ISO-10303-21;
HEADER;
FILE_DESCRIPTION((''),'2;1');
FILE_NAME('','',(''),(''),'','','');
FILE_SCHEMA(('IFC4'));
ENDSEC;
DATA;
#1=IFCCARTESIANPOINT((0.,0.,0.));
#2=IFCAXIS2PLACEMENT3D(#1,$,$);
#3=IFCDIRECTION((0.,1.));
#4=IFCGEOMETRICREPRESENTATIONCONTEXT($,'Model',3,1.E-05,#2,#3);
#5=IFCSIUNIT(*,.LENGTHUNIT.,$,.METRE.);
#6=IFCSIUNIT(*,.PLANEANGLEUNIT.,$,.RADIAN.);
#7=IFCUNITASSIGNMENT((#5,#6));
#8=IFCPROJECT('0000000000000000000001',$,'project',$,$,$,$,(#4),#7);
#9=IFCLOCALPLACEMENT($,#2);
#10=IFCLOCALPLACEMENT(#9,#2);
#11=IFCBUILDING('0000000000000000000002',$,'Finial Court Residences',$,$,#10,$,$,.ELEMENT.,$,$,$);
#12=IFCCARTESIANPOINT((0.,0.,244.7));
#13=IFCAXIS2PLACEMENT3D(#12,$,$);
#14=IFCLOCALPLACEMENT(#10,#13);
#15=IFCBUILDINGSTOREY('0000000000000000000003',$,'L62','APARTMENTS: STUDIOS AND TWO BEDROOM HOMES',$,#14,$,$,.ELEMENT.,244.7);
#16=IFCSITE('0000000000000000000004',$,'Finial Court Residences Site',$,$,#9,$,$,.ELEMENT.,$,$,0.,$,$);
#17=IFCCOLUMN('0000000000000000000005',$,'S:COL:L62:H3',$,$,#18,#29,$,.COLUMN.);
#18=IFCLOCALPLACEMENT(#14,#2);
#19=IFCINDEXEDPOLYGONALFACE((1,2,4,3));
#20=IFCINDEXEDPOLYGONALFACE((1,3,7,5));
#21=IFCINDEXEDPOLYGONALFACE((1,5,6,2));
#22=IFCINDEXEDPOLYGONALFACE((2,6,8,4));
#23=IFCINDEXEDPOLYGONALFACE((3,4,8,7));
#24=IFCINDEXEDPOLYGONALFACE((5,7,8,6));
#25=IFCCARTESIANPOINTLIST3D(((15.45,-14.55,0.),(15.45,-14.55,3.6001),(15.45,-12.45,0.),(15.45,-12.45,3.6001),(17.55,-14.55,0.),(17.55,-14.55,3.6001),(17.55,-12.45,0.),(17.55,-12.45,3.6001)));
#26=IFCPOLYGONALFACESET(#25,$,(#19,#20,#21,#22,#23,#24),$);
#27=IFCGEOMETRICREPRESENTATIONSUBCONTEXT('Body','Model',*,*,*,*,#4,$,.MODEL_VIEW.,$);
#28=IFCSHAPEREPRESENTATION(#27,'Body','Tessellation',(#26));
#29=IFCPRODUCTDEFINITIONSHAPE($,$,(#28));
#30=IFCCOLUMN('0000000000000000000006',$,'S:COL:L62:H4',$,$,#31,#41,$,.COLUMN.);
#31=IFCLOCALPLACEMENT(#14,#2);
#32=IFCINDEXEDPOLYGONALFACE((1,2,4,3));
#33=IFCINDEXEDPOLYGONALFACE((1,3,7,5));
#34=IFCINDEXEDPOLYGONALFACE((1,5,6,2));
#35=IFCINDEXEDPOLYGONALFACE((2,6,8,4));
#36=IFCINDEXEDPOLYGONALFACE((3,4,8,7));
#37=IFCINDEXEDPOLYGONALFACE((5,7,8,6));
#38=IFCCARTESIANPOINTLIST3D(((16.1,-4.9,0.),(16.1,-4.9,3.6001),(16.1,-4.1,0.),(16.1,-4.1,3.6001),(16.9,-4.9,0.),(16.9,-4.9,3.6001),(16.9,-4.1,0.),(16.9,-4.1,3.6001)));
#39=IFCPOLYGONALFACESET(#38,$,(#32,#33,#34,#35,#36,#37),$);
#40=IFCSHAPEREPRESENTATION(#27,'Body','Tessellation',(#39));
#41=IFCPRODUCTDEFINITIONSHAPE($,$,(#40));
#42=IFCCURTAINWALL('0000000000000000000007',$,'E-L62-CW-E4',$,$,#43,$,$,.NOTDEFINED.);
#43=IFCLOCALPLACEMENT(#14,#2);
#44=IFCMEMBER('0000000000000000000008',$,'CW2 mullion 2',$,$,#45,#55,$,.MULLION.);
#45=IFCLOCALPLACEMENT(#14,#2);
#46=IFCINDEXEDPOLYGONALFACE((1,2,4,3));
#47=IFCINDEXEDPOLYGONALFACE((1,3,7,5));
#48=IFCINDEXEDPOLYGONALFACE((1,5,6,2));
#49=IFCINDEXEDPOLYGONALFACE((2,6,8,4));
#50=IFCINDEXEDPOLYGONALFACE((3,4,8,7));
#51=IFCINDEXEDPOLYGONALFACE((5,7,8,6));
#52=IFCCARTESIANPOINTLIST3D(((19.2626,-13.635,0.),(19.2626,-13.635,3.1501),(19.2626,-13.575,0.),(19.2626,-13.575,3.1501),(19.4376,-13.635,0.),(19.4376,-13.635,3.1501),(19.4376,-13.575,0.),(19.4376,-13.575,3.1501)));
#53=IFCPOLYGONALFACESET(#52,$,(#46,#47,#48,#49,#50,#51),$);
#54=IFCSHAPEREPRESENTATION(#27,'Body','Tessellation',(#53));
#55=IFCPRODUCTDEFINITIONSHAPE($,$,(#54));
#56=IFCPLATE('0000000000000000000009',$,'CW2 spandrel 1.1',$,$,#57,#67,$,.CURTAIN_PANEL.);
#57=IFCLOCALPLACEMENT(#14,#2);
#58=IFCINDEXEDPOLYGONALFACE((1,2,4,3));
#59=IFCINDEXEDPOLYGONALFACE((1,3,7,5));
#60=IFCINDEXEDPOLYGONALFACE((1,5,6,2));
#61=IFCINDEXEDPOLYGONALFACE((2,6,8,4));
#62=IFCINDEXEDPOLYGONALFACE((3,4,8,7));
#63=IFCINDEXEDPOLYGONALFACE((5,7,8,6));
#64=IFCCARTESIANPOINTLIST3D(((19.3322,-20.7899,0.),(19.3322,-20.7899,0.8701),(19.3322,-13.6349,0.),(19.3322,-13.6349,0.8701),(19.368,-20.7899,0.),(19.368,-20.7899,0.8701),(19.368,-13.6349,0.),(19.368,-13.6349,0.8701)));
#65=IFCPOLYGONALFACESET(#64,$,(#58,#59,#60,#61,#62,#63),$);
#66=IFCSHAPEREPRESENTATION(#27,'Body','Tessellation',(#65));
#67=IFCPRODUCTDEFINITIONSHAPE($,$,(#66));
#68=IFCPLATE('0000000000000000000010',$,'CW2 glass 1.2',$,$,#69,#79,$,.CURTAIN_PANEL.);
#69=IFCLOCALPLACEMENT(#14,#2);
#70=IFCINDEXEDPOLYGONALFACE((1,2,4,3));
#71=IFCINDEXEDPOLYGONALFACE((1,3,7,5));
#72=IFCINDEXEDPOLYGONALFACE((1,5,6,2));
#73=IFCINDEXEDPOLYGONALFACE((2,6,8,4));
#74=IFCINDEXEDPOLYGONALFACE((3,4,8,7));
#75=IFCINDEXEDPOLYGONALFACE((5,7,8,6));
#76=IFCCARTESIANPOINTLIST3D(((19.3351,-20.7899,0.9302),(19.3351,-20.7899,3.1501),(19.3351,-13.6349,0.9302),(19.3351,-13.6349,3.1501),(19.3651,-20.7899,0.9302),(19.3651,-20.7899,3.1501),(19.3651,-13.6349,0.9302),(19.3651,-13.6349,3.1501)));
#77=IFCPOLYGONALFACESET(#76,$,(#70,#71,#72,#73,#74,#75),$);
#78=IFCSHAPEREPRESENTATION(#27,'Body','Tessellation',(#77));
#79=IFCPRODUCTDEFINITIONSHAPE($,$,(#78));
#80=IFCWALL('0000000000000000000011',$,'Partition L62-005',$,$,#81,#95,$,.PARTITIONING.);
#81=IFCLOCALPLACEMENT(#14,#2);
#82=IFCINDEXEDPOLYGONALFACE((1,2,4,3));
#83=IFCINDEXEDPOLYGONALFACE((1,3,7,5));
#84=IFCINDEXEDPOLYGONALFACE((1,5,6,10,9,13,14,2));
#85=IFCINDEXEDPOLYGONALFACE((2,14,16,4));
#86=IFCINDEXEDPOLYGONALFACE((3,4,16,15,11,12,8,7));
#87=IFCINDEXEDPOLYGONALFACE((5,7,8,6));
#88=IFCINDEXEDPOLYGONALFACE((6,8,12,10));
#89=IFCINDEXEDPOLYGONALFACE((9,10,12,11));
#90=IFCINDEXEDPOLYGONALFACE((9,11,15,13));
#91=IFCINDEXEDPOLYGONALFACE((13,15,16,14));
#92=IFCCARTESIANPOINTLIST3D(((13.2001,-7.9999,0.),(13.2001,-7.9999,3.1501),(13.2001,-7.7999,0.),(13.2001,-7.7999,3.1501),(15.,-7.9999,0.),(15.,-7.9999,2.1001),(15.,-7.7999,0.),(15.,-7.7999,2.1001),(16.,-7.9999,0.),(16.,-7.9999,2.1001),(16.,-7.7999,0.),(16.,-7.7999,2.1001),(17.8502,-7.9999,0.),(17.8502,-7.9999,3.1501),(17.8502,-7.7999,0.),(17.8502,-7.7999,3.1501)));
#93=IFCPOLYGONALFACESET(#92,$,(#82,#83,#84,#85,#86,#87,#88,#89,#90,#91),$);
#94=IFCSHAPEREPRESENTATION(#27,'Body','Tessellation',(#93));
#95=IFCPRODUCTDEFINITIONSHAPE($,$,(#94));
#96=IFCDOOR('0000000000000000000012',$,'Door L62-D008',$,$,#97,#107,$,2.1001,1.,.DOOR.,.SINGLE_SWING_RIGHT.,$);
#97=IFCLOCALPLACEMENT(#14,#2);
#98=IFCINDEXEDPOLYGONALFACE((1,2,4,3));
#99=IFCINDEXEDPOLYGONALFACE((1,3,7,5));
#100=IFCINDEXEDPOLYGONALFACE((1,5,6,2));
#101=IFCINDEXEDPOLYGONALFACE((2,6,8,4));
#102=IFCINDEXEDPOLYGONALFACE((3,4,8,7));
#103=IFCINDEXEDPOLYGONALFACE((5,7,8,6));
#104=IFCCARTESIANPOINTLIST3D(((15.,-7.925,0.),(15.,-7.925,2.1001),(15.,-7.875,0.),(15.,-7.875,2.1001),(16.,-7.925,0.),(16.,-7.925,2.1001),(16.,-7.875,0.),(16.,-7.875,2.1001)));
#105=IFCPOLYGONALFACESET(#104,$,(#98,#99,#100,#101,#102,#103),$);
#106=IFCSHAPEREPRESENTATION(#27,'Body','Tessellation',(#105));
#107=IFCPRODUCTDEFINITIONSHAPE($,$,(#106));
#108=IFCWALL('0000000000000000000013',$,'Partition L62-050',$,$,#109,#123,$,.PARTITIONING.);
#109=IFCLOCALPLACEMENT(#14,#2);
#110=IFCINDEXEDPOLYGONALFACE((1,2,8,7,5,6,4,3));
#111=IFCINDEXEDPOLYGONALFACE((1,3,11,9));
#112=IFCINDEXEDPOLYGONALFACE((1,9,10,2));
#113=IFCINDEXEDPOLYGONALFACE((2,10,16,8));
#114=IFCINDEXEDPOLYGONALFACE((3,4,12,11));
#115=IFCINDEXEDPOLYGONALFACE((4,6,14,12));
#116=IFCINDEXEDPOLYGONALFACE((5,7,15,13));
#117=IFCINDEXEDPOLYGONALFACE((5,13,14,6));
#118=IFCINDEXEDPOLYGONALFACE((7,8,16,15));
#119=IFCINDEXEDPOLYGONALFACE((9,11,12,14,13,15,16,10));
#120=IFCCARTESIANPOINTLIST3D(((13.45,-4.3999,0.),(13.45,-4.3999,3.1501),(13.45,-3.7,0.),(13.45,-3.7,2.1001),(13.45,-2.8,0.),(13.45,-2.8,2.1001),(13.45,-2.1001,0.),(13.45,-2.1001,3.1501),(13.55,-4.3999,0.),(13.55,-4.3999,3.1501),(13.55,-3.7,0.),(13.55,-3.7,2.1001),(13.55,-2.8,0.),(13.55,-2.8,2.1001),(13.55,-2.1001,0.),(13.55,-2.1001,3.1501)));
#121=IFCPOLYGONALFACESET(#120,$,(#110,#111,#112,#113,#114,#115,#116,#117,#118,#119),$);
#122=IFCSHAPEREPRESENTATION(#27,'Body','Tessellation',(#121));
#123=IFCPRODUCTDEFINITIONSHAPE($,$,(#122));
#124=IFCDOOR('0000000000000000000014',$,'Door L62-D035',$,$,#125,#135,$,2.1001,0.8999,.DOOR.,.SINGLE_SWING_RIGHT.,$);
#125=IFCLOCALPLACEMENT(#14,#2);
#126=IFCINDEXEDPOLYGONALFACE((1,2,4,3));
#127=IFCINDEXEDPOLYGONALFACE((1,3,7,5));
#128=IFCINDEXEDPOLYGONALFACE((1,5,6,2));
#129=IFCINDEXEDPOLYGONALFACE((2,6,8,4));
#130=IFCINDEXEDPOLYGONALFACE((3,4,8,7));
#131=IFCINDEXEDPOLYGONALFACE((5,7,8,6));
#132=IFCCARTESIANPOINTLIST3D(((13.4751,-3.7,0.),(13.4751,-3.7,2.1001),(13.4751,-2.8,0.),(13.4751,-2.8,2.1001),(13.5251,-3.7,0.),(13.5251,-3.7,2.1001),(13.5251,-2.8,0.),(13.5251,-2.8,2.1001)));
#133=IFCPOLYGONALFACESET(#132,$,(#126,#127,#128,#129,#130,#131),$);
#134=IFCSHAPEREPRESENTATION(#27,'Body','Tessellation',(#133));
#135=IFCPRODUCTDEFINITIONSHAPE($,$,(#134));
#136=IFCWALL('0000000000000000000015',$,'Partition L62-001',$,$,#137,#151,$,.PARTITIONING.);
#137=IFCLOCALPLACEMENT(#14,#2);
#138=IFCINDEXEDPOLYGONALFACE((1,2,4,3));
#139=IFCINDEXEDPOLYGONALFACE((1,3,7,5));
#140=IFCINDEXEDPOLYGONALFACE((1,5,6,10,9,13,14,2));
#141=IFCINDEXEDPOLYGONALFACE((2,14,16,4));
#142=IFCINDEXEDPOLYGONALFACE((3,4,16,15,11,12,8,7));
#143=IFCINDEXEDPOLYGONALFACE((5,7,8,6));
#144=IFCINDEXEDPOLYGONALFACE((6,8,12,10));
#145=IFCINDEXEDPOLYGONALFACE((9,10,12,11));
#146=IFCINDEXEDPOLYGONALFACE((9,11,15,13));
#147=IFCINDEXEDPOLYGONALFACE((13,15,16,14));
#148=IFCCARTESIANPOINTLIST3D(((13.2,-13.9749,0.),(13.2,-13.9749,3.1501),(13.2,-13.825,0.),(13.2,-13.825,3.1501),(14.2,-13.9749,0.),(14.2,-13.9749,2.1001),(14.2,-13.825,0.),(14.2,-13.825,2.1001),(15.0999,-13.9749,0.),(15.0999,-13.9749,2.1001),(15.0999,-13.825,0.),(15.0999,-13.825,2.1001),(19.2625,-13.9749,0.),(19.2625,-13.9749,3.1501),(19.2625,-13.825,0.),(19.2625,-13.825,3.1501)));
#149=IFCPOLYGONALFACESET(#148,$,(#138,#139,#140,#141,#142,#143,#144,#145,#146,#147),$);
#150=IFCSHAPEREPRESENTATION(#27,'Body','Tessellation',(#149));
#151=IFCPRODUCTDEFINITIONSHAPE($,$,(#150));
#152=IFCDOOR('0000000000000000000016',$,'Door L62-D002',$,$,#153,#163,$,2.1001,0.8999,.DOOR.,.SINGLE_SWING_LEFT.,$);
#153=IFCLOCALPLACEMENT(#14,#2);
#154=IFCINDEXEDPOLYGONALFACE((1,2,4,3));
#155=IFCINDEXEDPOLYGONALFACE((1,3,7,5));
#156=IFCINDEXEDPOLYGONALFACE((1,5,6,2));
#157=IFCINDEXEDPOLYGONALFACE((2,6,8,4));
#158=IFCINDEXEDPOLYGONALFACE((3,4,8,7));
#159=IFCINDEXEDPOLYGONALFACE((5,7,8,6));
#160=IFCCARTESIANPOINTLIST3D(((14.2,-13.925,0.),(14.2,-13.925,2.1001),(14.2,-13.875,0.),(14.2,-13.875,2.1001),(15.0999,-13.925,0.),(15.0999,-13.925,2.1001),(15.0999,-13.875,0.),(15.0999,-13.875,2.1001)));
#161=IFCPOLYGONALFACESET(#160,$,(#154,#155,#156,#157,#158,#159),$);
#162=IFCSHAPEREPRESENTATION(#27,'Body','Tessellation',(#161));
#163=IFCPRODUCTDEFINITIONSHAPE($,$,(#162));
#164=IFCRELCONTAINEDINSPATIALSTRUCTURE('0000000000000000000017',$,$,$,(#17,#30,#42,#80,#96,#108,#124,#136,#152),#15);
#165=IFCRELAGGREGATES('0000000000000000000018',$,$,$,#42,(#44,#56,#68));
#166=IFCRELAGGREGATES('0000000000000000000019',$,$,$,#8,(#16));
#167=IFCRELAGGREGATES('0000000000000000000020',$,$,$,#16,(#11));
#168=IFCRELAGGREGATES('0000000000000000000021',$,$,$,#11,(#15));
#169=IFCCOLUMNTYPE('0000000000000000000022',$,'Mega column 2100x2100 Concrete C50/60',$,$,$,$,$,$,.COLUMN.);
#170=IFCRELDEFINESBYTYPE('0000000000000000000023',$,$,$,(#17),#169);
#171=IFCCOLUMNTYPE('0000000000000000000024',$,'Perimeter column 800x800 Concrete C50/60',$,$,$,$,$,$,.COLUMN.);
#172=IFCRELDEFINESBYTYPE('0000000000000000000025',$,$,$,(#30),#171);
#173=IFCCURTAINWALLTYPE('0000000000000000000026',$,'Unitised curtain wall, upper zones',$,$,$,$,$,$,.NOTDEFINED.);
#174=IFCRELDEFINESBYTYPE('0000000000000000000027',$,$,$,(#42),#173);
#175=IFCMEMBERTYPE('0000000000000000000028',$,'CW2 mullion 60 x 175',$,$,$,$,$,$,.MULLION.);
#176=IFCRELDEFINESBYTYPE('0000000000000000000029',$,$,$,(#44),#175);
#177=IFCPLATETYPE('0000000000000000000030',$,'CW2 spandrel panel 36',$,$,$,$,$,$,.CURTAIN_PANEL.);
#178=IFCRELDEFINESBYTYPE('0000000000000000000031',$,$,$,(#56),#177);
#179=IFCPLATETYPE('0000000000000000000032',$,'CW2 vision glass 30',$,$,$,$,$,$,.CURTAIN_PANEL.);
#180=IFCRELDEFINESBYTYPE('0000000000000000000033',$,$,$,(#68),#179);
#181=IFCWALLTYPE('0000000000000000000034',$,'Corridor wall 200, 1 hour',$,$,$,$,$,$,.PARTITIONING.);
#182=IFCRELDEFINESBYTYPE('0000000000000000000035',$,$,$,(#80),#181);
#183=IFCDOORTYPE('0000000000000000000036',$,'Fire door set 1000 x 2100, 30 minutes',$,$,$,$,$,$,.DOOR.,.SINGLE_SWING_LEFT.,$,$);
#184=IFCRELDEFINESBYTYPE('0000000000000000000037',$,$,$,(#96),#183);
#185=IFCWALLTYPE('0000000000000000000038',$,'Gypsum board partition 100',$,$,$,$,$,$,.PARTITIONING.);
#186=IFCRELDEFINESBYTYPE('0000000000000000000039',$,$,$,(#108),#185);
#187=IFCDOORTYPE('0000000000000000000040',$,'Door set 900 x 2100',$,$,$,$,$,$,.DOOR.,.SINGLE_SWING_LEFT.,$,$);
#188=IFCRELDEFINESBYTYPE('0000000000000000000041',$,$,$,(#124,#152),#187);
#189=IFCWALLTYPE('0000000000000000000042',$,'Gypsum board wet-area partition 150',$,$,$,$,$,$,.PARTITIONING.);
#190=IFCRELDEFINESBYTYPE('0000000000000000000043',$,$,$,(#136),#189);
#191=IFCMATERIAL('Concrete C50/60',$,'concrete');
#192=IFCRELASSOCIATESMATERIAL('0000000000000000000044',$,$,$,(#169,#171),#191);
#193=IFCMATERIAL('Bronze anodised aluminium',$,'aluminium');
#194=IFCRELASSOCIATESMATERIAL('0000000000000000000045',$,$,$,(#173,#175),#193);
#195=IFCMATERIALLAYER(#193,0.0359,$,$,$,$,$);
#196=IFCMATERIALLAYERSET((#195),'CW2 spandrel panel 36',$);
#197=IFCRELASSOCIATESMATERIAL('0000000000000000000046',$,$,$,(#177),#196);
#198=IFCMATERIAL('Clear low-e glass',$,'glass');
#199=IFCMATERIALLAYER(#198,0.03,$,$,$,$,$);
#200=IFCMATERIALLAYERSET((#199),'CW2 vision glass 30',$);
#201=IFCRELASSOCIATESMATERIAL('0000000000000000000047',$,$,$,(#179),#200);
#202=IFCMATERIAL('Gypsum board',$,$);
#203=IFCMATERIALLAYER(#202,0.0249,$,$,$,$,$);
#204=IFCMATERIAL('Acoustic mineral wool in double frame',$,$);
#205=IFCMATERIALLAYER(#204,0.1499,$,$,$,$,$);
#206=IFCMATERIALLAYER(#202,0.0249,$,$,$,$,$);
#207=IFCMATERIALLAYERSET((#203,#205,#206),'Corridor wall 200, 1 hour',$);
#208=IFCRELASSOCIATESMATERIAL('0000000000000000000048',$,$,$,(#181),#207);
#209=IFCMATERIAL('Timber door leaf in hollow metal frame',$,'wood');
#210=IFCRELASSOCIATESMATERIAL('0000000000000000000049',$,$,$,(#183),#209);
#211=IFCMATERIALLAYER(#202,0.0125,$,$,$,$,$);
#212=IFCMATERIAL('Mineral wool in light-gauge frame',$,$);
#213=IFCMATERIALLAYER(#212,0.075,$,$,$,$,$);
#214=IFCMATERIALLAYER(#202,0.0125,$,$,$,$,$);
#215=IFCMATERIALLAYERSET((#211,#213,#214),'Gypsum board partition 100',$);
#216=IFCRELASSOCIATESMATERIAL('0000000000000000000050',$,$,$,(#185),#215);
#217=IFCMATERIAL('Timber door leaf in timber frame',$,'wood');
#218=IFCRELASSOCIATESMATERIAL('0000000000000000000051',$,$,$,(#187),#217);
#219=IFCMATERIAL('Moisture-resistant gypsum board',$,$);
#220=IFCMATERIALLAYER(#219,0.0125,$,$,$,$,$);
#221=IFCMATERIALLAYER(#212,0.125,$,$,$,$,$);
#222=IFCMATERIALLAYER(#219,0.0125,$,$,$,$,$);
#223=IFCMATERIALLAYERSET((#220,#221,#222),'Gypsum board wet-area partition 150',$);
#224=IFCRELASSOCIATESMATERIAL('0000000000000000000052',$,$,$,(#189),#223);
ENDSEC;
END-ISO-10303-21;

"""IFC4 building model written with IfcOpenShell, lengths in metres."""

from ifc_helpers import new_model, si_unit, direction, frame, frame_2d, origin, origin_2d, place, context, subcontext, project, spatial, rectangle, extrude, material, layer, layer_set, material_profile, profile_set, type_object, element, fill, aggregate, save


model = new_model("IFC4")

# Units and contexts
model_context = context("Model", 3, precision=1e-05, world=origin(), true_north=direction((0.0, 1.0)))
body_context = subcontext(model_context, "Body", "Model", "MODEL_VIEW")
ifc_project = project(units=[si_unit("LENGTHUNIT", "METRE"), si_unit("PLANEANGLEUNIT", "RADIAN")], contexts=[model_context])

# Site, building, storey
site_placement = place(None, origin())
site = spatial("IfcSite", under=ifc_project, at=site_placement, Name="Finial Court Residences Site", CompositionType="ELEMENT", RefElevation=0.0)
building_placement = place(site_placement, origin())
building = spatial("IfcBuilding", under=site, at=building_placement, Name="Finial Court Residences", CompositionType="ELEMENT")
storey_placement = place(building_placement, frame((0.0, 0.0, 244.7)))
storey = spatial("IfcBuildingStorey", under=building, at=storey_placement, Name="L62", Description="APARTMENTS: STUDIOS AND TWO BEDROOM HOMES", CompositionType="ELEMENT", Elevation=244.7)

# Columns
ifc_material_1 = material(Name="Concrete C50/60", Category="concrete")
ifc_material_profile_1 = material_profile(ifc_material_1, rectangle(XDim=2.1001, YDim=2.1001, at=origin_2d()), Name="2100x2100")
ifc_profile_set_1 = profile_set([ifc_material_profile_1], Name="Concrete C50/60")
column_type_1 = type_object("IfcColumnType", Name="Mega column 2100x2100 Concrete C50/60", PredefinedType="COLUMN", material=ifc_profile_set_1)
column_1_placement = place(storey_placement, frame((16.5, -13.5, 0.0), z_axis=(0.0, 0.0, 1.0), x_axis=(1.0, 0.0, 0.0)))
element("IfcColumn", 1, at=column_1_placement, inside=storey, type_object=column_type_1, Name="S:COL:L62:H3", PredefinedType="COLUMN", context=body_context, shape_type="SweptSolid", body=[
    extrude(rectangle(XDim=2.1001, YDim=2.1001, at=origin_2d()), origin(), (0.0, 0.0, 1.0), 3.6001),
])
ifc_material_profile_2 = material_profile(ifc_material_1, rectangle(XDim=0.8, YDim=0.8, at=origin_2d()), Name="800x800")
ifc_profile_set_2 = profile_set([ifc_material_profile_2], Name="Concrete C50/60")
column_type_2 = type_object("IfcColumnType", Name="Perimeter column 800x800 Concrete C50/60", PredefinedType="COLUMN", material=ifc_profile_set_2)
column_2_placement = place(storey_placement, frame((16.5, -4.5, 0.0), z_axis=(0.0, 0.0, 1.0), x_axis=(1.0, 0.0, 0.0)))
element("IfcColumn", 2, at=column_2_placement, inside=storey, type_object=column_type_2, Name="S:COL:L62:H4", PredefinedType="COLUMN", context=body_context, shape_type="SweptSolid", body=[
    extrude(rectangle(XDim=0.8, YDim=0.8, at=origin_2d()), origin(), (0.0, 0.0, 1.0), 3.6001),
])

# Curtain wall, member, plates
ifc_material_2 = material(Name="Bronze anodised aluminium", Category="aluminium")
curtain_wall_type = type_object("IfcCurtainWallType", Name="Unitised curtain wall, upper zones", PredefinedType="NOTDEFINED", material=ifc_material_2)
curtain_wall_placement = place(storey_placement, origin())
curtain_wall = element("IfcCurtainWall", 3, at=curtain_wall_placement, inside=storey, type_object=curtain_wall_type, Name="E-L62-CW-E4", PredefinedType="NOTDEFINED")
ifc_material_profile_3 = material_profile(ifc_material_2, rectangle(XDim=0.175, YDim=0.0601, at=origin_2d()), Name="CW2 mullion 60 x 175")
ifc_profile_set_3 = profile_set([ifc_material_profile_3], Name="Bronze anodised aluminium")
member_type = type_object("IfcMemberType", Name="CW2 mullion 60 x 175", PredefinedType="MULLION", material=ifc_profile_set_3)
member_placement = place(storey_placement, frame((19.3501, -13.605, 0.0), z_axis=(0.0, 0.0, 1.0), x_axis=(-1.0, 0.0, 0.0)))
member = element("IfcMember", 4, at=member_placement, type_object=member_type, Name="CW2 mullion 2", PredefinedType="MULLION", context=body_context, shape_type="SweptSolid", body=[
    extrude(rectangle(XDim=0.175, YDim=0.0601, at=origin_2d()), origin(), (0.0, 0.0, 1.0), 3.1501),
])
ifc_layer_1 = layer(ifc_material_2, 0.0359)
ifc_layer_set_1 = layer_set([ifc_layer_1], Name="CW2 spandrel panel 36")
plate_type_1 = type_object("IfcPlateType", Name="CW2 spandrel panel 36", PredefinedType="CURTAIN_PANEL", material=ifc_layer_set_1)
plate_1_placement = place(storey_placement, frame((19.3501, -17.2124, 0.0), z_axis=(0.0, 0.0, 1.0), x_axis=(0.0, 1.0, 0.0)))
plate_1 = element("IfcPlate", 5, at=plate_1_placement, type_object=plate_type_1, Name="CW2 spandrel 1.1", PredefinedType="CURTAIN_PANEL", context=body_context, shape_type="SweptSolid", body=[
    extrude(rectangle(XDim=7.155, YDim=0.0359, at=origin_2d()), origin(), (0.0, 0.0, 1.0), 0.8701),
])
ifc_material_3 = material(Name="Clear low-e glass", Category="glass")
ifc_layer_2 = layer(ifc_material_3, 0.03)
ifc_layer_set_2 = layer_set([ifc_layer_2], Name="CW2 vision glass 30")
plate_type_2 = type_object("IfcPlateType", Name="CW2 vision glass 30", PredefinedType="CURTAIN_PANEL", material=ifc_layer_set_2)
plate_2_placement = place(storey_placement, frame((19.3501, -17.2124, 0.9302), z_axis=(0.0, 0.0, 1.0), x_axis=(0.0, 1.0, 0.0)))
plate_2 = element("IfcPlate", 6, at=plate_2_placement, type_object=plate_type_2, Name="CW2 glass 1.2", PredefinedType="CURTAIN_PANEL", context=body_context, shape_type="SweptSolid", body=[
    extrude(rectangle(XDim=7.155, YDim=0.03, at=origin_2d()), origin(), (0.0, 0.0, 1.0), 2.22),
])
aggregate(curtain_wall, [member, plate_1, plate_2])

# Walls, openings, doors
ifc_material_4 = material(Name="Gypsum board")
ifc_layer_3 = layer(ifc_material_4, 0.0249)
ifc_material_5 = material(Name="Acoustic mineral wool in double frame")
ifc_layer_4 = layer(ifc_material_5, 0.1499)
ifc_layer_5 = layer(ifc_material_4, 0.0249)
ifc_layer_set_3 = layer_set([ifc_layer_3, ifc_layer_4, ifc_layer_5], Name="Corridor wall 200, 1 hour")
wall_type_1 = type_object("IfcWallType", Name="Corridor wall 200, 1 hour", PredefinedType="PARTITIONING", material=ifc_layer_set_3)
wall_1_placement = place(storey_placement, frame((13.2, -7.8999, 0.0), z_axis=(0.0, 0.0, 1.0), x_axis=(1.0, 0.0, 0.0)))
wall_1 = element("IfcWall", 7, at=wall_1_placement, inside=storey, type_object=wall_type_1, Name="Partition L62-005", PredefinedType="PARTITIONING", context=body_context, shape_type="SweptSolid", body=[
    extrude(rectangle(XDim=4.6501, YDim=0.2, at=frame_2d((2.3252, 0.0))), origin(), (0.0, 0.0, 1.0), 3.1501),
])
opening_1_placement = place(wall_1_placement, frame((1.8, 0.0, 0.0)))
opening_1 = element("IfcOpeningElement", 8, at=opening_1_placement, cuts=wall_1, PredefinedType="OPENING", context=body_context, shape_type="SweptSolid", body=[
    extrude(rectangle(XDim=1.0, YDim=2.1001, at=frame_2d((0.5, 1.05))), frame((0.0, 0.1099, 0.0), z_axis=(0.0, -1.0, 0.0), x_axis=(1.0, 0.0, 0.0)), (0.0, 0.0, 1.0), 0.22),
])
ifc_material_6 = material(Name="Timber door leaf in hollow metal frame", Category="wood")
door_type_1 = type_object("IfcDoorType", Name="Fire door set 1000 x 2100, 30 minutes", OperationType="SINGLE_SWING_LEFT", PredefinedType="DOOR", material=ifc_material_6)
door_1_placement = place(opening_1_placement, origin())
door_1 = element("IfcDoor", 9, at=door_1_placement, inside=storey, type_object=door_type_1, Name="Door L62-D008", OperationType="SINGLE_SWING_RIGHT", OverallHeight=2.1001, OverallWidth=1.0, PredefinedType="DOOR", context=body_context, shape_type="SweptSolid", body=[
    extrude(rectangle(XDim=1.0, YDim=2.1001, at=frame_2d((0.5, 1.05))), frame((0.0, 0.0249, 0.0), z_axis=(0.0, -1.0, 0.0), x_axis=(1.0, 0.0, 0.0)), (0.0, 0.0, 1.0), 0.05),
])
fill(opening_1, door_1)
ifc_layer_6 = layer(ifc_material_4, 0.0125)
ifc_material_7 = material(Name="Mineral wool in light-gauge frame")
ifc_layer_7 = layer(ifc_material_7, 0.075)
ifc_layer_8 = layer(ifc_material_4, 0.0125)
ifc_layer_set_4 = layer_set([ifc_layer_6, ifc_layer_7, ifc_layer_8], Name="Gypsum board partition 100")
wall_type_2 = type_object("IfcWallType", Name="Gypsum board partition 100", PredefinedType="PARTITIONING", material=ifc_layer_set_4)
wall_2_placement = place(storey_placement, frame((13.5, -4.3999, 0.0), z_axis=(0.0, 0.0, 1.0), x_axis=(0.0, 1.0, 0.0)))
wall_2 = element("IfcWall", 10, at=wall_2_placement, inside=storey, type_object=wall_type_2, Name="Partition L62-050", PredefinedType="PARTITIONING", context=body_context, shape_type="SweptSolid", body=[
    extrude(rectangle(XDim=2.2998, YDim=0.1001, at=frame_2d((1.1499, 0.0))), origin(), (0.0, 0.0, 1.0), 3.1501),
])
opening_2_placement = place(wall_2_placement, frame((0.7, 0.0, 0.0)))
opening_2 = element("IfcOpeningElement", 11, at=opening_2_placement, cuts=wall_2, PredefinedType="OPENING", context=body_context, shape_type="SweptSolid", body=[
    extrude(rectangle(XDim=0.8999, YDim=2.1001, at=frame_2d((0.45, 1.05))), frame((0.0, 0.0601, 0.0), z_axis=(0.0, -1.0, 0.0), x_axis=(1.0, 0.0, 0.0)), (0.0, 0.0, 1.0), 0.1201),
])
ifc_material_8 = material(Name="Timber door leaf in timber frame", Category="wood")
door_type_2 = type_object("IfcDoorType", Name="Door set 900 x 2100", OperationType="SINGLE_SWING_LEFT", PredefinedType="DOOR", material=ifc_material_8)
door_2_placement = place(opening_2_placement, origin())
door_2 = element("IfcDoor", 12, at=door_2_placement, inside=storey, type_object=door_type_2, Name="Door L62-D035", OperationType="SINGLE_SWING_RIGHT", OverallHeight=2.1001, OverallWidth=0.8999, PredefinedType="DOOR", context=body_context, shape_type="SweptSolid", body=[
    extrude(rectangle(XDim=0.8999, YDim=2.1001, at=frame_2d((0.45, 1.05))), frame((0.0, 0.0249, 0.0), z_axis=(0.0, -1.0, 0.0), x_axis=(1.0, 0.0, 0.0)), (0.0, 0.0, 1.0), 0.05),
])
fill(opening_2, door_2)
ifc_material_9 = material(Name="Moisture-resistant gypsum board")
ifc_layer_9 = layer(ifc_material_9, 0.0125)
ifc_layer_10 = layer(ifc_material_7, 0.125)
ifc_layer_11 = layer(ifc_material_9, 0.0125)
ifc_layer_set_5 = layer_set([ifc_layer_9, ifc_layer_10, ifc_layer_11], Name="Gypsum board wet-area partition 150")
wall_type_3 = type_object("IfcWallType", Name="Gypsum board wet-area partition 150", PredefinedType="PARTITIONING", material=ifc_layer_set_5)
wall_3_placement = place(storey_placement, frame((13.2, -13.8999, 0.0), z_axis=(0.0, 0.0, 1.0), x_axis=(1.0, 0.0, 0.0)))
wall_3 = element("IfcWall", 13, at=wall_3_placement, inside=storey, type_object=wall_type_3, Name="Partition L62-001", PredefinedType="PARTITIONING", context=body_context, shape_type="SweptSolid", body=[
    extrude(rectangle(XDim=6.0625, YDim=0.1499, at=frame_2d((3.0312, 0.0))), origin(), (0.0, 0.0, 1.0), 3.1501),
])
opening_3_placement = place(wall_3_placement, frame((1.0, 0.0, 0.0)))
opening_3 = element("IfcOpeningElement", 14, at=opening_3_placement, cuts=wall_3, PredefinedType="OPENING", context=body_context, shape_type="SweptSolid", body=[
    extrude(rectangle(XDim=0.8999, YDim=2.1001, at=frame_2d((0.45, 1.05))), frame((0.0, 0.085, 0.0), z_axis=(0.0, -1.0, 0.0), x_axis=(1.0, 0.0, 0.0)), (0.0, 0.0, 1.0), 0.1699),
])
door_3_placement = place(opening_3_placement, origin())
door_3 = element("IfcDoor", 15, at=door_3_placement, inside=storey, type_object=door_type_2, Name="Door L62-D002", OperationType="SINGLE_SWING_LEFT", OverallHeight=2.1001, OverallWidth=0.8999, PredefinedType="DOOR", context=body_context, shape_type="SweptSolid", body=[
    extrude(rectangle(XDim=0.8999, YDim=2.1001, at=frame_2d((0.45, 1.05))), frame((0.0, 0.0249, 0.0), z_axis=(0.0, -1.0, 0.0), x_axis=(1.0, 0.0, 0.0)), (0.0, 0.0, 1.0), 0.05),
])
fill(opening_3, door_3)

save(model, "model.ifc")
